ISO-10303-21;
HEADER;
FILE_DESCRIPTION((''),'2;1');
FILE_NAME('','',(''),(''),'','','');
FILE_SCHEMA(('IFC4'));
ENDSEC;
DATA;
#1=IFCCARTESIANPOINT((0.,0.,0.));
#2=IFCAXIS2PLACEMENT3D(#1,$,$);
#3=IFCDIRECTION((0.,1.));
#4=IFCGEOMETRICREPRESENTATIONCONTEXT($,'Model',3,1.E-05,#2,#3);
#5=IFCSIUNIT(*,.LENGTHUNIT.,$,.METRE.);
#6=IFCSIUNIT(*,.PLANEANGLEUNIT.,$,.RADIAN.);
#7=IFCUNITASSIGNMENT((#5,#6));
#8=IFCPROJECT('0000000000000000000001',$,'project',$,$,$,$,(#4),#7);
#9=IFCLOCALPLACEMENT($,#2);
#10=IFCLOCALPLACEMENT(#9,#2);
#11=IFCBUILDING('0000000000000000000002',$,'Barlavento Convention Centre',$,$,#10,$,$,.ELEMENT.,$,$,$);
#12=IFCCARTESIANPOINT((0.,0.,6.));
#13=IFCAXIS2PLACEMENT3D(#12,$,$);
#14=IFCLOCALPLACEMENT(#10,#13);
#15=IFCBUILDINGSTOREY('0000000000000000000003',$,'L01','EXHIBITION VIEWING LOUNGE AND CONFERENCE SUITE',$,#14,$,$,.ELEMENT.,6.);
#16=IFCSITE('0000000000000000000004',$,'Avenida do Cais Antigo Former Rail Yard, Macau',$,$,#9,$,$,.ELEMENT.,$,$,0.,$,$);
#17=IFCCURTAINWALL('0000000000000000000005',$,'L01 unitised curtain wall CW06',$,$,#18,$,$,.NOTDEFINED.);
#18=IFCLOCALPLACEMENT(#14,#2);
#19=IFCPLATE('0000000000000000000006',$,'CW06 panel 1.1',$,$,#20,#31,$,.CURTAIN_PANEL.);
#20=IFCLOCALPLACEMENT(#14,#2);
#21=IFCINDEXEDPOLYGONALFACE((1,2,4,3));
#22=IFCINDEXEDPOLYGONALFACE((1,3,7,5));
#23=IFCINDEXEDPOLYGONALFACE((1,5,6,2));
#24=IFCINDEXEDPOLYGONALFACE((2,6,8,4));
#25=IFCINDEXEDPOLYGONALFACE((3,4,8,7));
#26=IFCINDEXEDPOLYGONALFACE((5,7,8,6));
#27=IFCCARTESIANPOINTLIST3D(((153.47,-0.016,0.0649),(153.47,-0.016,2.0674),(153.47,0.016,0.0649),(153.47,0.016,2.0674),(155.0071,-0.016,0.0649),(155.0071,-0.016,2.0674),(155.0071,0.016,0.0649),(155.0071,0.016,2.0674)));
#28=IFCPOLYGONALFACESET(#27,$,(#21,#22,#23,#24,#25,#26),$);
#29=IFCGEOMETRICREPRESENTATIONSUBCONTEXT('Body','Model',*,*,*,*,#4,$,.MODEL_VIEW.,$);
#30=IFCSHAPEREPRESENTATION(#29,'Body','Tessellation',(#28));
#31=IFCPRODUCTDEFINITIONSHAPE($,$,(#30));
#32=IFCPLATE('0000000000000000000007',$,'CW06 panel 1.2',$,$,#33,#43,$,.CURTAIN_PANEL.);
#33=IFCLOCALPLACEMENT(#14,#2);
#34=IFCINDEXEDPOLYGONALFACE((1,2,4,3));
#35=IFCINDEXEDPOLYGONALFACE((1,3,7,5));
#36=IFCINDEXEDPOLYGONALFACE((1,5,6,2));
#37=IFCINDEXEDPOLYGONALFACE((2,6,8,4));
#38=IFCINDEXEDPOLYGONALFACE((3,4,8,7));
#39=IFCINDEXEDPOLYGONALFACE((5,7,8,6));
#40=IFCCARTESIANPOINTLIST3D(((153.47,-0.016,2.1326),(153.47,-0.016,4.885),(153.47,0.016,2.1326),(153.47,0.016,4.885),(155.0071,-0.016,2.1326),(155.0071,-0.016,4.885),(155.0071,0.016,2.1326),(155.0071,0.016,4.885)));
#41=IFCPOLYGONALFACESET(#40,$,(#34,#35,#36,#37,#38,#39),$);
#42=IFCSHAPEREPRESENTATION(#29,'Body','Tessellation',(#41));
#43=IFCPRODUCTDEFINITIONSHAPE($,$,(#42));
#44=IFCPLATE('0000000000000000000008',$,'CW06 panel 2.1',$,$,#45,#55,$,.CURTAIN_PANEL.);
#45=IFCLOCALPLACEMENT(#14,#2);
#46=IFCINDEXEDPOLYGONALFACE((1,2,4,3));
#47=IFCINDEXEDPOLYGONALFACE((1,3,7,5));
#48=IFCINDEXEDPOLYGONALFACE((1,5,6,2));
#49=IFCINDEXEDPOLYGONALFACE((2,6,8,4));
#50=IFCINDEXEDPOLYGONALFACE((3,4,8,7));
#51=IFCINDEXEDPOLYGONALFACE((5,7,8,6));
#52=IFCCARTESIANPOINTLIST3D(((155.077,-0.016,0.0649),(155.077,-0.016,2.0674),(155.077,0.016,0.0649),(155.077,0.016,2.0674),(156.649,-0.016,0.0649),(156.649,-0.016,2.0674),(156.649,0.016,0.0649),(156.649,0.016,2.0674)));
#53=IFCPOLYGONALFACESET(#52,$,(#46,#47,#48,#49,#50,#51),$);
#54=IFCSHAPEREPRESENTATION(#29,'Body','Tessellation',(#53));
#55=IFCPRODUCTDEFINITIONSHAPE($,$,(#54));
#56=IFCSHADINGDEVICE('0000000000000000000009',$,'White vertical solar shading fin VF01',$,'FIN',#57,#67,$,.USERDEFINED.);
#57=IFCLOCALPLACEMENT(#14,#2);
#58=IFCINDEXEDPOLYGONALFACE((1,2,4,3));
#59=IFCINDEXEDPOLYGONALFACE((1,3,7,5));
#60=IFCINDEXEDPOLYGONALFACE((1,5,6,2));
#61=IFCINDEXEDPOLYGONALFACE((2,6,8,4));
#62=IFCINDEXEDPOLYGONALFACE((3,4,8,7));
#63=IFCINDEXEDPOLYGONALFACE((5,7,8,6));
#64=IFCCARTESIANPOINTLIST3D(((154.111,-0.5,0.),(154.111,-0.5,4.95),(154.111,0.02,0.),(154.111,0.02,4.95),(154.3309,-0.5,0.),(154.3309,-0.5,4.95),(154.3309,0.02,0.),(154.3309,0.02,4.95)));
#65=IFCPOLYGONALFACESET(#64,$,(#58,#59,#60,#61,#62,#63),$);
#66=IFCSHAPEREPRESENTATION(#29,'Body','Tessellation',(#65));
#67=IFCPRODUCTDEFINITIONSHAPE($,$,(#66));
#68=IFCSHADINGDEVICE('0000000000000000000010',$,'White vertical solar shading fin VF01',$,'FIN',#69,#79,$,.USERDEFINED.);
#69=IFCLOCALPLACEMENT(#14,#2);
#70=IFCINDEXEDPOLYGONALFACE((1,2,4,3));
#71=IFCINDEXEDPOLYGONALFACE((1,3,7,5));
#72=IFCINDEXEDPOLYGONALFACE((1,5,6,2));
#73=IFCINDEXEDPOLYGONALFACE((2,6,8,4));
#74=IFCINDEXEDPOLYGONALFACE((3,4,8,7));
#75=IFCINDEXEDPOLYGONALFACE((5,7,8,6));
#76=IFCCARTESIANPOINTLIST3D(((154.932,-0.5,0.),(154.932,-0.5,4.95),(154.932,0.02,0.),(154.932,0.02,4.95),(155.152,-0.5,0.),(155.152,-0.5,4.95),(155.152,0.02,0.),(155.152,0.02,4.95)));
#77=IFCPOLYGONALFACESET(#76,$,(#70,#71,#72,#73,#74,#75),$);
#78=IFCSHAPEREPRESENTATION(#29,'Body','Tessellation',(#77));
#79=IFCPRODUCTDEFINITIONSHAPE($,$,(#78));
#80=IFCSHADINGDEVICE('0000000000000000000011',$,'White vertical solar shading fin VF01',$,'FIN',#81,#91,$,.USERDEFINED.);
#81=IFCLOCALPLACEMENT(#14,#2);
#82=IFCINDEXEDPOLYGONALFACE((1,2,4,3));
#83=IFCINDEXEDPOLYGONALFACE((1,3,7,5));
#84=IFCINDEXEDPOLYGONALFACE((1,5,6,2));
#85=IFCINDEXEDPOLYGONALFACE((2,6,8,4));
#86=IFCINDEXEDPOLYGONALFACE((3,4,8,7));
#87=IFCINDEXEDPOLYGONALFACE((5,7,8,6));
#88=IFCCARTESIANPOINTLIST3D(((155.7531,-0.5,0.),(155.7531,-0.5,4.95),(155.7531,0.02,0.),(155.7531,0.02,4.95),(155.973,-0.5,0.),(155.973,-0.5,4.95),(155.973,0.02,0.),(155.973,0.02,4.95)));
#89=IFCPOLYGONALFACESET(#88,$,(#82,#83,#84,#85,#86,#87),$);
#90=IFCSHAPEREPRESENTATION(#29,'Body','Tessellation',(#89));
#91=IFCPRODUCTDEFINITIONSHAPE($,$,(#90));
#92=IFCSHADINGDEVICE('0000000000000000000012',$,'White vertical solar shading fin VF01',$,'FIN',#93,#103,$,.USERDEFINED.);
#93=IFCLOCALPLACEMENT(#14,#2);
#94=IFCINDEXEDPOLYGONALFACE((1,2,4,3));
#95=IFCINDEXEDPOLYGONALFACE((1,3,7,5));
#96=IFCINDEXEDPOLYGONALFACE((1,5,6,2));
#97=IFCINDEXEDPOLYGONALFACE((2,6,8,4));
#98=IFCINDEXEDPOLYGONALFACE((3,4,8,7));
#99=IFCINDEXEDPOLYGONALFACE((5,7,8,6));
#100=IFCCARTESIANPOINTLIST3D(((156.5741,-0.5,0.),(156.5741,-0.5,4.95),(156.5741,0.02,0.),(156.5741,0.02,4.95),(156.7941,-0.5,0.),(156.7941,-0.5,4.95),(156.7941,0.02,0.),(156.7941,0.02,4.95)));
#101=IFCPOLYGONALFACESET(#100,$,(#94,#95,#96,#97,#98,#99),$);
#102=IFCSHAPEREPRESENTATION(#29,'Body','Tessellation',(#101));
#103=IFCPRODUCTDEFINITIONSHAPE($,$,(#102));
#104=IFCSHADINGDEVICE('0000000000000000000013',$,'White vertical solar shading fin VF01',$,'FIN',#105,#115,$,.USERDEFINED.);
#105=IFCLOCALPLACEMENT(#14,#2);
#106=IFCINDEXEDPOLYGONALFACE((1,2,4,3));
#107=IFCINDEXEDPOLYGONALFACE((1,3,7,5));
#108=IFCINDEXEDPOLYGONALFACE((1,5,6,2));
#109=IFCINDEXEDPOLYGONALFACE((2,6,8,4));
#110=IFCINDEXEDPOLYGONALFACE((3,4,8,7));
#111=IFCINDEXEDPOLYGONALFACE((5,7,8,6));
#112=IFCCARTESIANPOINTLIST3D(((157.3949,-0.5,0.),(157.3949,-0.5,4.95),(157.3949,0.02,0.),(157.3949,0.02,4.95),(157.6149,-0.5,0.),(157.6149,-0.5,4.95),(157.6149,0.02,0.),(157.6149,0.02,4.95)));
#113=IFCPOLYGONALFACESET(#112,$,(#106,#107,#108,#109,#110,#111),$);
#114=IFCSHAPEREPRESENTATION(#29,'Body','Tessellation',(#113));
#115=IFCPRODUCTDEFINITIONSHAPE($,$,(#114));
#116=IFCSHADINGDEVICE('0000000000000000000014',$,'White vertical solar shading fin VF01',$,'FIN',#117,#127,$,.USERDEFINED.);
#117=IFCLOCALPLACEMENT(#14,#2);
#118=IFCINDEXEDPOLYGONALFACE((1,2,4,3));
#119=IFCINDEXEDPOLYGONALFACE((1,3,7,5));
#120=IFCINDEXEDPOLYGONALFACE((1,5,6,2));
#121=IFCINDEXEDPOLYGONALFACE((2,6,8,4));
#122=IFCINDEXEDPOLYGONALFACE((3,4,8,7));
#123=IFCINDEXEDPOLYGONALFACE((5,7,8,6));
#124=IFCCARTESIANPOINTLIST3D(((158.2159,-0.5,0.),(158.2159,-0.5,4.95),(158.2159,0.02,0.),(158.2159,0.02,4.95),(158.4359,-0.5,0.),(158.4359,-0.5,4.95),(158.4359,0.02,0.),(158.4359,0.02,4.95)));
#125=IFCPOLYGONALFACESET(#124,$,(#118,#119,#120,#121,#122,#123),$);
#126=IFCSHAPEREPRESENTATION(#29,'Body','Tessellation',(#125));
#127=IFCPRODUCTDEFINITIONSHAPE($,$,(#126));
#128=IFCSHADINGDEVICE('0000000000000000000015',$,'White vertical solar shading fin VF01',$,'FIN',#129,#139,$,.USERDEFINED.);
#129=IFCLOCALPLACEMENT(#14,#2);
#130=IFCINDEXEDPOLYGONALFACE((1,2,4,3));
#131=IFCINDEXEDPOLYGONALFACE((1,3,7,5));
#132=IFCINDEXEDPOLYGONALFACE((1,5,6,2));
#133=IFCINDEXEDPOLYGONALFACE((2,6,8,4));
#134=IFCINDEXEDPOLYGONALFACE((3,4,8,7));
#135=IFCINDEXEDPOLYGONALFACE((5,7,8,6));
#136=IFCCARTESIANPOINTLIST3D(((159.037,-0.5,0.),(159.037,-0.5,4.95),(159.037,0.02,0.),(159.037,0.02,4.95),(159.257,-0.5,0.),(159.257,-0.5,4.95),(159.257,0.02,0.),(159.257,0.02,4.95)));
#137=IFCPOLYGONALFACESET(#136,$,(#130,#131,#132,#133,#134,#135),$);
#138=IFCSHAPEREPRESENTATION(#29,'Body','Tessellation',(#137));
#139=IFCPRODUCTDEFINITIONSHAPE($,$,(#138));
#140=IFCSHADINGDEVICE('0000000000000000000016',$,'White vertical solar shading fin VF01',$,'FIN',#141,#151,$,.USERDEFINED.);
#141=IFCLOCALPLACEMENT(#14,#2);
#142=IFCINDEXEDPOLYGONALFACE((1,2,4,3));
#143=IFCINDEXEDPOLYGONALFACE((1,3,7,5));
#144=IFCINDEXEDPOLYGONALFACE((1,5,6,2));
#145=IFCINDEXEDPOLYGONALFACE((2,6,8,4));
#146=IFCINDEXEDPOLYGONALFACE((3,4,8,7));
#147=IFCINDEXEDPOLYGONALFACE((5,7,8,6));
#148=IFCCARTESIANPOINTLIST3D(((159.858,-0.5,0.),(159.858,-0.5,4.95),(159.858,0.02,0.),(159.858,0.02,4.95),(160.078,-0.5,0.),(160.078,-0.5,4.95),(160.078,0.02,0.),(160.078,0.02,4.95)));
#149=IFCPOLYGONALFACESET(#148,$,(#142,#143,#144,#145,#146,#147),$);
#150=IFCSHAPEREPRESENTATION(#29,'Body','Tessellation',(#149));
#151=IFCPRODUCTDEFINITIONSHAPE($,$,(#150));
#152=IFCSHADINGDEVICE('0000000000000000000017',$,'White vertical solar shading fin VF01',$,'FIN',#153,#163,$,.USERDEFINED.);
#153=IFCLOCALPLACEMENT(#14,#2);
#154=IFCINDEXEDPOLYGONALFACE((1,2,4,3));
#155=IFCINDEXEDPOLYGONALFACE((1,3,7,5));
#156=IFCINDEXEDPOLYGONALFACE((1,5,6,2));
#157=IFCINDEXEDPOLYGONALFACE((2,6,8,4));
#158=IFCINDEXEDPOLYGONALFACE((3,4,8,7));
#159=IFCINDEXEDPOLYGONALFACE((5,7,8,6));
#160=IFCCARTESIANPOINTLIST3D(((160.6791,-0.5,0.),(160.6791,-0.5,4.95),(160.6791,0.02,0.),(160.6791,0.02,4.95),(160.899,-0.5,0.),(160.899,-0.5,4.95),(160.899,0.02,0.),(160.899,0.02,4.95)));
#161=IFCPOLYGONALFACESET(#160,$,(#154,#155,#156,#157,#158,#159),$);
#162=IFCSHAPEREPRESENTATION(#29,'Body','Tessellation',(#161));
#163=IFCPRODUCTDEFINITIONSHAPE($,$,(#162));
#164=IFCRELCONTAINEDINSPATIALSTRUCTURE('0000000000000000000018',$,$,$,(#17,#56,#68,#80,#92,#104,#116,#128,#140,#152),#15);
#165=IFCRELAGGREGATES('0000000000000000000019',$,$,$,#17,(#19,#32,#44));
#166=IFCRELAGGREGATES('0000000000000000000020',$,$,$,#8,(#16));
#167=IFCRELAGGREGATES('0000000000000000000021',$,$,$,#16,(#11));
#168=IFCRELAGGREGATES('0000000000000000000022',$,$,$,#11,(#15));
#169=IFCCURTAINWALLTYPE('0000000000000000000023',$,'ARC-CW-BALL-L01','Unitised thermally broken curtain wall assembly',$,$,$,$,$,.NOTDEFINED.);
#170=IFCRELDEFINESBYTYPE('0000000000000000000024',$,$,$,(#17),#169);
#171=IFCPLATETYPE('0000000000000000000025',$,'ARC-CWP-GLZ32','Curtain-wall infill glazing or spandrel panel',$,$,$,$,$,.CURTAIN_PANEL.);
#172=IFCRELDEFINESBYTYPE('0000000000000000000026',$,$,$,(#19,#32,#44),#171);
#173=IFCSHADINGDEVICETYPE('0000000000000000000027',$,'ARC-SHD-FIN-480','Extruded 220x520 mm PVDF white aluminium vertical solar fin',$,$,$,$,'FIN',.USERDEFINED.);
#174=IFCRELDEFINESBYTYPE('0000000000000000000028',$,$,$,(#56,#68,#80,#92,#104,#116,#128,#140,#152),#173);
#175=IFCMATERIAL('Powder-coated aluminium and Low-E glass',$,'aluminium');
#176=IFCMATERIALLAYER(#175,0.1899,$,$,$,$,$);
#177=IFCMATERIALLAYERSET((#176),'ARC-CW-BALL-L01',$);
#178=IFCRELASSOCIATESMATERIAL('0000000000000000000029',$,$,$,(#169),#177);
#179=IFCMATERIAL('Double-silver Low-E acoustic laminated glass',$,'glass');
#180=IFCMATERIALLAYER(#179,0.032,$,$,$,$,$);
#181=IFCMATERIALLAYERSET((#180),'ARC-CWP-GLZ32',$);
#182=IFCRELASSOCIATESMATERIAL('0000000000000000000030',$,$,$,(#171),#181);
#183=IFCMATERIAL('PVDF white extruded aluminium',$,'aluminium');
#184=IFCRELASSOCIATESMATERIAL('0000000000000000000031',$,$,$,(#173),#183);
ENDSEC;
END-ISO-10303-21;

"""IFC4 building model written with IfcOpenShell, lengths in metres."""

from ifc_helpers import new_model, si_unit, direction, frame, origin, origin_2d, place, context, subcontext, project, spatial, rectangle, extrude, material, layer, layer_set, type_object, element, aggregate, save


model = new_model("IFC4")

# Units and contexts
model_context = context("Model", 3, precision=1e-05, world=origin(), true_north=direction((0.0, 1.0)))
body_context = subcontext(model_context, "Body", "Model", "MODEL_VIEW")
ifc_project = project(units=[si_unit("LENGTHUNIT", "METRE"), si_unit("PLANEANGLEUNIT", "RADIAN")], contexts=[model_context])

# Site, building, storey
site_placement = place(None, origin())
site = spatial("IfcSite", under=ifc_project, at=site_placement, Name="Avenida do Cais Antigo Former Rail Yard, Macau", CompositionType="ELEMENT", RefElevation=0.0)
building_placement = place(site_placement, origin())
building = spatial("IfcBuilding", under=site, at=building_placement, Name="Barlavento Convention Centre", CompositionType="ELEMENT")
storey_placement = place(building_placement, frame((0.0, 0.0, 6.0)))
storey = spatial("IfcBuildingStorey", under=building, at=storey_placement, Name="L01", Description="EXHIBITION VIEWING LOUNGE AND CONFERENCE SUITE", CompositionType="ELEMENT", Elevation=6.0)

# Curtain wall
ifc_material_1 = material(Name="Powder-coated aluminium and Low-E glass", Category="aluminium")
ifc_layer_1 = layer(ifc_material_1, 0.1899)
ifc_layer_set_1 = layer_set([ifc_layer_1], Name="ARC-CW-BALL-L01")
curtain_wall_type = type_object("IfcCurtainWallType", Name="ARC-CW-BALL-L01", Description="Unitised thermally broken curtain wall assembly", PredefinedType="NOTDEFINED", material=ifc_layer_set_1)
curtain_wall_placement = place(storey_placement, origin())
curtain_wall = element("IfcCurtainWall", 1, at=curtain_wall_placement, inside=storey, type_object=curtain_wall_type, Name="L01 unitised curtain wall CW06", PredefinedType="NOTDEFINED")

# Plates
ifc_material_2 = material(Name="Double-silver Low-E acoustic laminated glass", Category="glass")
ifc_layer_2 = layer(ifc_material_2, 0.032)
ifc_layer_set_2 = layer_set([ifc_layer_2], Name="ARC-CWP-GLZ32")
plate_type = type_object("IfcPlateType", Name="ARC-CWP-GLZ32", Description="Curtain-wall infill glazing or spandrel panel", PredefinedType="CURTAIN_PANEL", material=ifc_layer_set_2)
plate_1_placement = place(storey_placement, frame((154.2385, 0.0, 0.0649), z_axis=(0.0, 0.0, 1.0), x_axis=(1.0, 0.0, 0.0)))
plate_1 = element("IfcPlate", 2, at=plate_1_placement, type_object=plate_type, Name="CW06 panel 1.1", PredefinedType="CURTAIN_PANEL", context=body_context, shape_type="SweptSolid", body=[
    extrude(rectangle(XDim=1.5371, YDim=0.032, at=origin_2d()), origin(), (0.0, 0.0, 1.0), 2.0024),
])
plate_2_placement = place(storey_placement, frame((154.2385, 0.0, 2.1326), z_axis=(0.0, 0.0, 1.0), x_axis=(1.0, 0.0, 0.0)))
plate_2 = element("IfcPlate", 3, at=plate_2_placement, type_object=plate_type, Name="CW06 panel 1.2", PredefinedType="CURTAIN_PANEL", context=body_context, shape_type="SweptSolid", body=[
    extrude(rectangle(XDim=1.5371, YDim=0.032, at=origin_2d()), origin(), (0.0, 0.0, 1.0), 2.7524),
])
plate_3_placement = place(storey_placement, frame((155.863, 0.0, 0.0649), z_axis=(0.0, 0.0, 1.0), x_axis=(1.0, 0.0, 0.0)))
plate_3 = element("IfcPlate", 4, at=plate_3_placement, type_object=plate_type, Name="CW06 panel 2.1", PredefinedType="CURTAIN_PANEL", context=body_context, shape_type="SweptSolid", body=[
    extrude(rectangle(XDim=1.572, YDim=0.032, at=origin_2d()), origin(), (0.0, 0.0, 1.0), 2.0024),
])
aggregate(curtain_wall, [plate_1, plate_2, plate_3])

# Shading devices
ifc_material_3 = material(Name="PVDF white extruded aluminium", Category="aluminium")
shading_device_type = type_object("IfcShadingDeviceType", Name="ARC-SHD-FIN-480", Description="Extruded 220x520 mm PVDF white aluminium vertical solar fin", ElementType="FIN", PredefinedType="USERDEFINED", material=ifc_material_3)
for number, where, z_axis, x_axis, name in (
    (5, (154.2209, -0.24, 0.0), (0.0, 0.0, 1.0), (1.0, 0.0, 0.0), "White vertical solar shading fin VF01"),
    (6, (155.042, -0.24, 0.0), (0.0, 0.0, 1.0), (1.0, 0.0, 0.0), "White vertical solar shading fin VF01"),
    (7, (155.863, -0.24, 0.0), (0.0, 0.0, 1.0), (1.0, 0.0, 0.0), "White vertical solar shading fin VF01"),
    (8, (156.6841, -0.24, 0.0), (0.0, 0.0, 1.0), (1.0, 0.0, 0.0), "White vertical solar shading fin VF01"),
    (9, (157.5049, -0.24, 0.0), (0.0, 0.0, 1.0), (1.0, 0.0, 0.0), "White vertical solar shading fin VF01"),
    (10, (158.3259, -0.24, 0.0), (0.0, 0.0, 1.0), (1.0, 0.0, 0.0), "White vertical solar shading fin VF01"),
    (11, (159.147, -0.24, 0.0), (0.0, 0.0, 1.0), (1.0, 0.0, 0.0), "White vertical solar shading fin VF01"),
    (12, (159.968, -0.24, 0.0), (0.0, 0.0, 1.0), (1.0, 0.0, 0.0), "White vertical solar shading fin VF01"),
    (13, (160.7891, -0.24, 0.0), (0.0, 0.0, 1.0), (1.0, 0.0, 0.0), "White vertical solar shading fin VF01"),
):
    element("IfcShadingDevice", number, at=place(storey_placement, frame(where, z_axis=z_axis, x_axis=x_axis)), inside=storey, type_object=shading_device_type, Name=name, ObjectType="FIN", PredefinedType="USERDEFINED", context=body_context, shape_type="SweptSolid", body=[
        extrude(rectangle(XDim=0.22, YDim=0.52, at=origin_2d()), origin(), (0.0, 0.0, 1.0), 4.95),
    ])

save(model, "model.ifc")
